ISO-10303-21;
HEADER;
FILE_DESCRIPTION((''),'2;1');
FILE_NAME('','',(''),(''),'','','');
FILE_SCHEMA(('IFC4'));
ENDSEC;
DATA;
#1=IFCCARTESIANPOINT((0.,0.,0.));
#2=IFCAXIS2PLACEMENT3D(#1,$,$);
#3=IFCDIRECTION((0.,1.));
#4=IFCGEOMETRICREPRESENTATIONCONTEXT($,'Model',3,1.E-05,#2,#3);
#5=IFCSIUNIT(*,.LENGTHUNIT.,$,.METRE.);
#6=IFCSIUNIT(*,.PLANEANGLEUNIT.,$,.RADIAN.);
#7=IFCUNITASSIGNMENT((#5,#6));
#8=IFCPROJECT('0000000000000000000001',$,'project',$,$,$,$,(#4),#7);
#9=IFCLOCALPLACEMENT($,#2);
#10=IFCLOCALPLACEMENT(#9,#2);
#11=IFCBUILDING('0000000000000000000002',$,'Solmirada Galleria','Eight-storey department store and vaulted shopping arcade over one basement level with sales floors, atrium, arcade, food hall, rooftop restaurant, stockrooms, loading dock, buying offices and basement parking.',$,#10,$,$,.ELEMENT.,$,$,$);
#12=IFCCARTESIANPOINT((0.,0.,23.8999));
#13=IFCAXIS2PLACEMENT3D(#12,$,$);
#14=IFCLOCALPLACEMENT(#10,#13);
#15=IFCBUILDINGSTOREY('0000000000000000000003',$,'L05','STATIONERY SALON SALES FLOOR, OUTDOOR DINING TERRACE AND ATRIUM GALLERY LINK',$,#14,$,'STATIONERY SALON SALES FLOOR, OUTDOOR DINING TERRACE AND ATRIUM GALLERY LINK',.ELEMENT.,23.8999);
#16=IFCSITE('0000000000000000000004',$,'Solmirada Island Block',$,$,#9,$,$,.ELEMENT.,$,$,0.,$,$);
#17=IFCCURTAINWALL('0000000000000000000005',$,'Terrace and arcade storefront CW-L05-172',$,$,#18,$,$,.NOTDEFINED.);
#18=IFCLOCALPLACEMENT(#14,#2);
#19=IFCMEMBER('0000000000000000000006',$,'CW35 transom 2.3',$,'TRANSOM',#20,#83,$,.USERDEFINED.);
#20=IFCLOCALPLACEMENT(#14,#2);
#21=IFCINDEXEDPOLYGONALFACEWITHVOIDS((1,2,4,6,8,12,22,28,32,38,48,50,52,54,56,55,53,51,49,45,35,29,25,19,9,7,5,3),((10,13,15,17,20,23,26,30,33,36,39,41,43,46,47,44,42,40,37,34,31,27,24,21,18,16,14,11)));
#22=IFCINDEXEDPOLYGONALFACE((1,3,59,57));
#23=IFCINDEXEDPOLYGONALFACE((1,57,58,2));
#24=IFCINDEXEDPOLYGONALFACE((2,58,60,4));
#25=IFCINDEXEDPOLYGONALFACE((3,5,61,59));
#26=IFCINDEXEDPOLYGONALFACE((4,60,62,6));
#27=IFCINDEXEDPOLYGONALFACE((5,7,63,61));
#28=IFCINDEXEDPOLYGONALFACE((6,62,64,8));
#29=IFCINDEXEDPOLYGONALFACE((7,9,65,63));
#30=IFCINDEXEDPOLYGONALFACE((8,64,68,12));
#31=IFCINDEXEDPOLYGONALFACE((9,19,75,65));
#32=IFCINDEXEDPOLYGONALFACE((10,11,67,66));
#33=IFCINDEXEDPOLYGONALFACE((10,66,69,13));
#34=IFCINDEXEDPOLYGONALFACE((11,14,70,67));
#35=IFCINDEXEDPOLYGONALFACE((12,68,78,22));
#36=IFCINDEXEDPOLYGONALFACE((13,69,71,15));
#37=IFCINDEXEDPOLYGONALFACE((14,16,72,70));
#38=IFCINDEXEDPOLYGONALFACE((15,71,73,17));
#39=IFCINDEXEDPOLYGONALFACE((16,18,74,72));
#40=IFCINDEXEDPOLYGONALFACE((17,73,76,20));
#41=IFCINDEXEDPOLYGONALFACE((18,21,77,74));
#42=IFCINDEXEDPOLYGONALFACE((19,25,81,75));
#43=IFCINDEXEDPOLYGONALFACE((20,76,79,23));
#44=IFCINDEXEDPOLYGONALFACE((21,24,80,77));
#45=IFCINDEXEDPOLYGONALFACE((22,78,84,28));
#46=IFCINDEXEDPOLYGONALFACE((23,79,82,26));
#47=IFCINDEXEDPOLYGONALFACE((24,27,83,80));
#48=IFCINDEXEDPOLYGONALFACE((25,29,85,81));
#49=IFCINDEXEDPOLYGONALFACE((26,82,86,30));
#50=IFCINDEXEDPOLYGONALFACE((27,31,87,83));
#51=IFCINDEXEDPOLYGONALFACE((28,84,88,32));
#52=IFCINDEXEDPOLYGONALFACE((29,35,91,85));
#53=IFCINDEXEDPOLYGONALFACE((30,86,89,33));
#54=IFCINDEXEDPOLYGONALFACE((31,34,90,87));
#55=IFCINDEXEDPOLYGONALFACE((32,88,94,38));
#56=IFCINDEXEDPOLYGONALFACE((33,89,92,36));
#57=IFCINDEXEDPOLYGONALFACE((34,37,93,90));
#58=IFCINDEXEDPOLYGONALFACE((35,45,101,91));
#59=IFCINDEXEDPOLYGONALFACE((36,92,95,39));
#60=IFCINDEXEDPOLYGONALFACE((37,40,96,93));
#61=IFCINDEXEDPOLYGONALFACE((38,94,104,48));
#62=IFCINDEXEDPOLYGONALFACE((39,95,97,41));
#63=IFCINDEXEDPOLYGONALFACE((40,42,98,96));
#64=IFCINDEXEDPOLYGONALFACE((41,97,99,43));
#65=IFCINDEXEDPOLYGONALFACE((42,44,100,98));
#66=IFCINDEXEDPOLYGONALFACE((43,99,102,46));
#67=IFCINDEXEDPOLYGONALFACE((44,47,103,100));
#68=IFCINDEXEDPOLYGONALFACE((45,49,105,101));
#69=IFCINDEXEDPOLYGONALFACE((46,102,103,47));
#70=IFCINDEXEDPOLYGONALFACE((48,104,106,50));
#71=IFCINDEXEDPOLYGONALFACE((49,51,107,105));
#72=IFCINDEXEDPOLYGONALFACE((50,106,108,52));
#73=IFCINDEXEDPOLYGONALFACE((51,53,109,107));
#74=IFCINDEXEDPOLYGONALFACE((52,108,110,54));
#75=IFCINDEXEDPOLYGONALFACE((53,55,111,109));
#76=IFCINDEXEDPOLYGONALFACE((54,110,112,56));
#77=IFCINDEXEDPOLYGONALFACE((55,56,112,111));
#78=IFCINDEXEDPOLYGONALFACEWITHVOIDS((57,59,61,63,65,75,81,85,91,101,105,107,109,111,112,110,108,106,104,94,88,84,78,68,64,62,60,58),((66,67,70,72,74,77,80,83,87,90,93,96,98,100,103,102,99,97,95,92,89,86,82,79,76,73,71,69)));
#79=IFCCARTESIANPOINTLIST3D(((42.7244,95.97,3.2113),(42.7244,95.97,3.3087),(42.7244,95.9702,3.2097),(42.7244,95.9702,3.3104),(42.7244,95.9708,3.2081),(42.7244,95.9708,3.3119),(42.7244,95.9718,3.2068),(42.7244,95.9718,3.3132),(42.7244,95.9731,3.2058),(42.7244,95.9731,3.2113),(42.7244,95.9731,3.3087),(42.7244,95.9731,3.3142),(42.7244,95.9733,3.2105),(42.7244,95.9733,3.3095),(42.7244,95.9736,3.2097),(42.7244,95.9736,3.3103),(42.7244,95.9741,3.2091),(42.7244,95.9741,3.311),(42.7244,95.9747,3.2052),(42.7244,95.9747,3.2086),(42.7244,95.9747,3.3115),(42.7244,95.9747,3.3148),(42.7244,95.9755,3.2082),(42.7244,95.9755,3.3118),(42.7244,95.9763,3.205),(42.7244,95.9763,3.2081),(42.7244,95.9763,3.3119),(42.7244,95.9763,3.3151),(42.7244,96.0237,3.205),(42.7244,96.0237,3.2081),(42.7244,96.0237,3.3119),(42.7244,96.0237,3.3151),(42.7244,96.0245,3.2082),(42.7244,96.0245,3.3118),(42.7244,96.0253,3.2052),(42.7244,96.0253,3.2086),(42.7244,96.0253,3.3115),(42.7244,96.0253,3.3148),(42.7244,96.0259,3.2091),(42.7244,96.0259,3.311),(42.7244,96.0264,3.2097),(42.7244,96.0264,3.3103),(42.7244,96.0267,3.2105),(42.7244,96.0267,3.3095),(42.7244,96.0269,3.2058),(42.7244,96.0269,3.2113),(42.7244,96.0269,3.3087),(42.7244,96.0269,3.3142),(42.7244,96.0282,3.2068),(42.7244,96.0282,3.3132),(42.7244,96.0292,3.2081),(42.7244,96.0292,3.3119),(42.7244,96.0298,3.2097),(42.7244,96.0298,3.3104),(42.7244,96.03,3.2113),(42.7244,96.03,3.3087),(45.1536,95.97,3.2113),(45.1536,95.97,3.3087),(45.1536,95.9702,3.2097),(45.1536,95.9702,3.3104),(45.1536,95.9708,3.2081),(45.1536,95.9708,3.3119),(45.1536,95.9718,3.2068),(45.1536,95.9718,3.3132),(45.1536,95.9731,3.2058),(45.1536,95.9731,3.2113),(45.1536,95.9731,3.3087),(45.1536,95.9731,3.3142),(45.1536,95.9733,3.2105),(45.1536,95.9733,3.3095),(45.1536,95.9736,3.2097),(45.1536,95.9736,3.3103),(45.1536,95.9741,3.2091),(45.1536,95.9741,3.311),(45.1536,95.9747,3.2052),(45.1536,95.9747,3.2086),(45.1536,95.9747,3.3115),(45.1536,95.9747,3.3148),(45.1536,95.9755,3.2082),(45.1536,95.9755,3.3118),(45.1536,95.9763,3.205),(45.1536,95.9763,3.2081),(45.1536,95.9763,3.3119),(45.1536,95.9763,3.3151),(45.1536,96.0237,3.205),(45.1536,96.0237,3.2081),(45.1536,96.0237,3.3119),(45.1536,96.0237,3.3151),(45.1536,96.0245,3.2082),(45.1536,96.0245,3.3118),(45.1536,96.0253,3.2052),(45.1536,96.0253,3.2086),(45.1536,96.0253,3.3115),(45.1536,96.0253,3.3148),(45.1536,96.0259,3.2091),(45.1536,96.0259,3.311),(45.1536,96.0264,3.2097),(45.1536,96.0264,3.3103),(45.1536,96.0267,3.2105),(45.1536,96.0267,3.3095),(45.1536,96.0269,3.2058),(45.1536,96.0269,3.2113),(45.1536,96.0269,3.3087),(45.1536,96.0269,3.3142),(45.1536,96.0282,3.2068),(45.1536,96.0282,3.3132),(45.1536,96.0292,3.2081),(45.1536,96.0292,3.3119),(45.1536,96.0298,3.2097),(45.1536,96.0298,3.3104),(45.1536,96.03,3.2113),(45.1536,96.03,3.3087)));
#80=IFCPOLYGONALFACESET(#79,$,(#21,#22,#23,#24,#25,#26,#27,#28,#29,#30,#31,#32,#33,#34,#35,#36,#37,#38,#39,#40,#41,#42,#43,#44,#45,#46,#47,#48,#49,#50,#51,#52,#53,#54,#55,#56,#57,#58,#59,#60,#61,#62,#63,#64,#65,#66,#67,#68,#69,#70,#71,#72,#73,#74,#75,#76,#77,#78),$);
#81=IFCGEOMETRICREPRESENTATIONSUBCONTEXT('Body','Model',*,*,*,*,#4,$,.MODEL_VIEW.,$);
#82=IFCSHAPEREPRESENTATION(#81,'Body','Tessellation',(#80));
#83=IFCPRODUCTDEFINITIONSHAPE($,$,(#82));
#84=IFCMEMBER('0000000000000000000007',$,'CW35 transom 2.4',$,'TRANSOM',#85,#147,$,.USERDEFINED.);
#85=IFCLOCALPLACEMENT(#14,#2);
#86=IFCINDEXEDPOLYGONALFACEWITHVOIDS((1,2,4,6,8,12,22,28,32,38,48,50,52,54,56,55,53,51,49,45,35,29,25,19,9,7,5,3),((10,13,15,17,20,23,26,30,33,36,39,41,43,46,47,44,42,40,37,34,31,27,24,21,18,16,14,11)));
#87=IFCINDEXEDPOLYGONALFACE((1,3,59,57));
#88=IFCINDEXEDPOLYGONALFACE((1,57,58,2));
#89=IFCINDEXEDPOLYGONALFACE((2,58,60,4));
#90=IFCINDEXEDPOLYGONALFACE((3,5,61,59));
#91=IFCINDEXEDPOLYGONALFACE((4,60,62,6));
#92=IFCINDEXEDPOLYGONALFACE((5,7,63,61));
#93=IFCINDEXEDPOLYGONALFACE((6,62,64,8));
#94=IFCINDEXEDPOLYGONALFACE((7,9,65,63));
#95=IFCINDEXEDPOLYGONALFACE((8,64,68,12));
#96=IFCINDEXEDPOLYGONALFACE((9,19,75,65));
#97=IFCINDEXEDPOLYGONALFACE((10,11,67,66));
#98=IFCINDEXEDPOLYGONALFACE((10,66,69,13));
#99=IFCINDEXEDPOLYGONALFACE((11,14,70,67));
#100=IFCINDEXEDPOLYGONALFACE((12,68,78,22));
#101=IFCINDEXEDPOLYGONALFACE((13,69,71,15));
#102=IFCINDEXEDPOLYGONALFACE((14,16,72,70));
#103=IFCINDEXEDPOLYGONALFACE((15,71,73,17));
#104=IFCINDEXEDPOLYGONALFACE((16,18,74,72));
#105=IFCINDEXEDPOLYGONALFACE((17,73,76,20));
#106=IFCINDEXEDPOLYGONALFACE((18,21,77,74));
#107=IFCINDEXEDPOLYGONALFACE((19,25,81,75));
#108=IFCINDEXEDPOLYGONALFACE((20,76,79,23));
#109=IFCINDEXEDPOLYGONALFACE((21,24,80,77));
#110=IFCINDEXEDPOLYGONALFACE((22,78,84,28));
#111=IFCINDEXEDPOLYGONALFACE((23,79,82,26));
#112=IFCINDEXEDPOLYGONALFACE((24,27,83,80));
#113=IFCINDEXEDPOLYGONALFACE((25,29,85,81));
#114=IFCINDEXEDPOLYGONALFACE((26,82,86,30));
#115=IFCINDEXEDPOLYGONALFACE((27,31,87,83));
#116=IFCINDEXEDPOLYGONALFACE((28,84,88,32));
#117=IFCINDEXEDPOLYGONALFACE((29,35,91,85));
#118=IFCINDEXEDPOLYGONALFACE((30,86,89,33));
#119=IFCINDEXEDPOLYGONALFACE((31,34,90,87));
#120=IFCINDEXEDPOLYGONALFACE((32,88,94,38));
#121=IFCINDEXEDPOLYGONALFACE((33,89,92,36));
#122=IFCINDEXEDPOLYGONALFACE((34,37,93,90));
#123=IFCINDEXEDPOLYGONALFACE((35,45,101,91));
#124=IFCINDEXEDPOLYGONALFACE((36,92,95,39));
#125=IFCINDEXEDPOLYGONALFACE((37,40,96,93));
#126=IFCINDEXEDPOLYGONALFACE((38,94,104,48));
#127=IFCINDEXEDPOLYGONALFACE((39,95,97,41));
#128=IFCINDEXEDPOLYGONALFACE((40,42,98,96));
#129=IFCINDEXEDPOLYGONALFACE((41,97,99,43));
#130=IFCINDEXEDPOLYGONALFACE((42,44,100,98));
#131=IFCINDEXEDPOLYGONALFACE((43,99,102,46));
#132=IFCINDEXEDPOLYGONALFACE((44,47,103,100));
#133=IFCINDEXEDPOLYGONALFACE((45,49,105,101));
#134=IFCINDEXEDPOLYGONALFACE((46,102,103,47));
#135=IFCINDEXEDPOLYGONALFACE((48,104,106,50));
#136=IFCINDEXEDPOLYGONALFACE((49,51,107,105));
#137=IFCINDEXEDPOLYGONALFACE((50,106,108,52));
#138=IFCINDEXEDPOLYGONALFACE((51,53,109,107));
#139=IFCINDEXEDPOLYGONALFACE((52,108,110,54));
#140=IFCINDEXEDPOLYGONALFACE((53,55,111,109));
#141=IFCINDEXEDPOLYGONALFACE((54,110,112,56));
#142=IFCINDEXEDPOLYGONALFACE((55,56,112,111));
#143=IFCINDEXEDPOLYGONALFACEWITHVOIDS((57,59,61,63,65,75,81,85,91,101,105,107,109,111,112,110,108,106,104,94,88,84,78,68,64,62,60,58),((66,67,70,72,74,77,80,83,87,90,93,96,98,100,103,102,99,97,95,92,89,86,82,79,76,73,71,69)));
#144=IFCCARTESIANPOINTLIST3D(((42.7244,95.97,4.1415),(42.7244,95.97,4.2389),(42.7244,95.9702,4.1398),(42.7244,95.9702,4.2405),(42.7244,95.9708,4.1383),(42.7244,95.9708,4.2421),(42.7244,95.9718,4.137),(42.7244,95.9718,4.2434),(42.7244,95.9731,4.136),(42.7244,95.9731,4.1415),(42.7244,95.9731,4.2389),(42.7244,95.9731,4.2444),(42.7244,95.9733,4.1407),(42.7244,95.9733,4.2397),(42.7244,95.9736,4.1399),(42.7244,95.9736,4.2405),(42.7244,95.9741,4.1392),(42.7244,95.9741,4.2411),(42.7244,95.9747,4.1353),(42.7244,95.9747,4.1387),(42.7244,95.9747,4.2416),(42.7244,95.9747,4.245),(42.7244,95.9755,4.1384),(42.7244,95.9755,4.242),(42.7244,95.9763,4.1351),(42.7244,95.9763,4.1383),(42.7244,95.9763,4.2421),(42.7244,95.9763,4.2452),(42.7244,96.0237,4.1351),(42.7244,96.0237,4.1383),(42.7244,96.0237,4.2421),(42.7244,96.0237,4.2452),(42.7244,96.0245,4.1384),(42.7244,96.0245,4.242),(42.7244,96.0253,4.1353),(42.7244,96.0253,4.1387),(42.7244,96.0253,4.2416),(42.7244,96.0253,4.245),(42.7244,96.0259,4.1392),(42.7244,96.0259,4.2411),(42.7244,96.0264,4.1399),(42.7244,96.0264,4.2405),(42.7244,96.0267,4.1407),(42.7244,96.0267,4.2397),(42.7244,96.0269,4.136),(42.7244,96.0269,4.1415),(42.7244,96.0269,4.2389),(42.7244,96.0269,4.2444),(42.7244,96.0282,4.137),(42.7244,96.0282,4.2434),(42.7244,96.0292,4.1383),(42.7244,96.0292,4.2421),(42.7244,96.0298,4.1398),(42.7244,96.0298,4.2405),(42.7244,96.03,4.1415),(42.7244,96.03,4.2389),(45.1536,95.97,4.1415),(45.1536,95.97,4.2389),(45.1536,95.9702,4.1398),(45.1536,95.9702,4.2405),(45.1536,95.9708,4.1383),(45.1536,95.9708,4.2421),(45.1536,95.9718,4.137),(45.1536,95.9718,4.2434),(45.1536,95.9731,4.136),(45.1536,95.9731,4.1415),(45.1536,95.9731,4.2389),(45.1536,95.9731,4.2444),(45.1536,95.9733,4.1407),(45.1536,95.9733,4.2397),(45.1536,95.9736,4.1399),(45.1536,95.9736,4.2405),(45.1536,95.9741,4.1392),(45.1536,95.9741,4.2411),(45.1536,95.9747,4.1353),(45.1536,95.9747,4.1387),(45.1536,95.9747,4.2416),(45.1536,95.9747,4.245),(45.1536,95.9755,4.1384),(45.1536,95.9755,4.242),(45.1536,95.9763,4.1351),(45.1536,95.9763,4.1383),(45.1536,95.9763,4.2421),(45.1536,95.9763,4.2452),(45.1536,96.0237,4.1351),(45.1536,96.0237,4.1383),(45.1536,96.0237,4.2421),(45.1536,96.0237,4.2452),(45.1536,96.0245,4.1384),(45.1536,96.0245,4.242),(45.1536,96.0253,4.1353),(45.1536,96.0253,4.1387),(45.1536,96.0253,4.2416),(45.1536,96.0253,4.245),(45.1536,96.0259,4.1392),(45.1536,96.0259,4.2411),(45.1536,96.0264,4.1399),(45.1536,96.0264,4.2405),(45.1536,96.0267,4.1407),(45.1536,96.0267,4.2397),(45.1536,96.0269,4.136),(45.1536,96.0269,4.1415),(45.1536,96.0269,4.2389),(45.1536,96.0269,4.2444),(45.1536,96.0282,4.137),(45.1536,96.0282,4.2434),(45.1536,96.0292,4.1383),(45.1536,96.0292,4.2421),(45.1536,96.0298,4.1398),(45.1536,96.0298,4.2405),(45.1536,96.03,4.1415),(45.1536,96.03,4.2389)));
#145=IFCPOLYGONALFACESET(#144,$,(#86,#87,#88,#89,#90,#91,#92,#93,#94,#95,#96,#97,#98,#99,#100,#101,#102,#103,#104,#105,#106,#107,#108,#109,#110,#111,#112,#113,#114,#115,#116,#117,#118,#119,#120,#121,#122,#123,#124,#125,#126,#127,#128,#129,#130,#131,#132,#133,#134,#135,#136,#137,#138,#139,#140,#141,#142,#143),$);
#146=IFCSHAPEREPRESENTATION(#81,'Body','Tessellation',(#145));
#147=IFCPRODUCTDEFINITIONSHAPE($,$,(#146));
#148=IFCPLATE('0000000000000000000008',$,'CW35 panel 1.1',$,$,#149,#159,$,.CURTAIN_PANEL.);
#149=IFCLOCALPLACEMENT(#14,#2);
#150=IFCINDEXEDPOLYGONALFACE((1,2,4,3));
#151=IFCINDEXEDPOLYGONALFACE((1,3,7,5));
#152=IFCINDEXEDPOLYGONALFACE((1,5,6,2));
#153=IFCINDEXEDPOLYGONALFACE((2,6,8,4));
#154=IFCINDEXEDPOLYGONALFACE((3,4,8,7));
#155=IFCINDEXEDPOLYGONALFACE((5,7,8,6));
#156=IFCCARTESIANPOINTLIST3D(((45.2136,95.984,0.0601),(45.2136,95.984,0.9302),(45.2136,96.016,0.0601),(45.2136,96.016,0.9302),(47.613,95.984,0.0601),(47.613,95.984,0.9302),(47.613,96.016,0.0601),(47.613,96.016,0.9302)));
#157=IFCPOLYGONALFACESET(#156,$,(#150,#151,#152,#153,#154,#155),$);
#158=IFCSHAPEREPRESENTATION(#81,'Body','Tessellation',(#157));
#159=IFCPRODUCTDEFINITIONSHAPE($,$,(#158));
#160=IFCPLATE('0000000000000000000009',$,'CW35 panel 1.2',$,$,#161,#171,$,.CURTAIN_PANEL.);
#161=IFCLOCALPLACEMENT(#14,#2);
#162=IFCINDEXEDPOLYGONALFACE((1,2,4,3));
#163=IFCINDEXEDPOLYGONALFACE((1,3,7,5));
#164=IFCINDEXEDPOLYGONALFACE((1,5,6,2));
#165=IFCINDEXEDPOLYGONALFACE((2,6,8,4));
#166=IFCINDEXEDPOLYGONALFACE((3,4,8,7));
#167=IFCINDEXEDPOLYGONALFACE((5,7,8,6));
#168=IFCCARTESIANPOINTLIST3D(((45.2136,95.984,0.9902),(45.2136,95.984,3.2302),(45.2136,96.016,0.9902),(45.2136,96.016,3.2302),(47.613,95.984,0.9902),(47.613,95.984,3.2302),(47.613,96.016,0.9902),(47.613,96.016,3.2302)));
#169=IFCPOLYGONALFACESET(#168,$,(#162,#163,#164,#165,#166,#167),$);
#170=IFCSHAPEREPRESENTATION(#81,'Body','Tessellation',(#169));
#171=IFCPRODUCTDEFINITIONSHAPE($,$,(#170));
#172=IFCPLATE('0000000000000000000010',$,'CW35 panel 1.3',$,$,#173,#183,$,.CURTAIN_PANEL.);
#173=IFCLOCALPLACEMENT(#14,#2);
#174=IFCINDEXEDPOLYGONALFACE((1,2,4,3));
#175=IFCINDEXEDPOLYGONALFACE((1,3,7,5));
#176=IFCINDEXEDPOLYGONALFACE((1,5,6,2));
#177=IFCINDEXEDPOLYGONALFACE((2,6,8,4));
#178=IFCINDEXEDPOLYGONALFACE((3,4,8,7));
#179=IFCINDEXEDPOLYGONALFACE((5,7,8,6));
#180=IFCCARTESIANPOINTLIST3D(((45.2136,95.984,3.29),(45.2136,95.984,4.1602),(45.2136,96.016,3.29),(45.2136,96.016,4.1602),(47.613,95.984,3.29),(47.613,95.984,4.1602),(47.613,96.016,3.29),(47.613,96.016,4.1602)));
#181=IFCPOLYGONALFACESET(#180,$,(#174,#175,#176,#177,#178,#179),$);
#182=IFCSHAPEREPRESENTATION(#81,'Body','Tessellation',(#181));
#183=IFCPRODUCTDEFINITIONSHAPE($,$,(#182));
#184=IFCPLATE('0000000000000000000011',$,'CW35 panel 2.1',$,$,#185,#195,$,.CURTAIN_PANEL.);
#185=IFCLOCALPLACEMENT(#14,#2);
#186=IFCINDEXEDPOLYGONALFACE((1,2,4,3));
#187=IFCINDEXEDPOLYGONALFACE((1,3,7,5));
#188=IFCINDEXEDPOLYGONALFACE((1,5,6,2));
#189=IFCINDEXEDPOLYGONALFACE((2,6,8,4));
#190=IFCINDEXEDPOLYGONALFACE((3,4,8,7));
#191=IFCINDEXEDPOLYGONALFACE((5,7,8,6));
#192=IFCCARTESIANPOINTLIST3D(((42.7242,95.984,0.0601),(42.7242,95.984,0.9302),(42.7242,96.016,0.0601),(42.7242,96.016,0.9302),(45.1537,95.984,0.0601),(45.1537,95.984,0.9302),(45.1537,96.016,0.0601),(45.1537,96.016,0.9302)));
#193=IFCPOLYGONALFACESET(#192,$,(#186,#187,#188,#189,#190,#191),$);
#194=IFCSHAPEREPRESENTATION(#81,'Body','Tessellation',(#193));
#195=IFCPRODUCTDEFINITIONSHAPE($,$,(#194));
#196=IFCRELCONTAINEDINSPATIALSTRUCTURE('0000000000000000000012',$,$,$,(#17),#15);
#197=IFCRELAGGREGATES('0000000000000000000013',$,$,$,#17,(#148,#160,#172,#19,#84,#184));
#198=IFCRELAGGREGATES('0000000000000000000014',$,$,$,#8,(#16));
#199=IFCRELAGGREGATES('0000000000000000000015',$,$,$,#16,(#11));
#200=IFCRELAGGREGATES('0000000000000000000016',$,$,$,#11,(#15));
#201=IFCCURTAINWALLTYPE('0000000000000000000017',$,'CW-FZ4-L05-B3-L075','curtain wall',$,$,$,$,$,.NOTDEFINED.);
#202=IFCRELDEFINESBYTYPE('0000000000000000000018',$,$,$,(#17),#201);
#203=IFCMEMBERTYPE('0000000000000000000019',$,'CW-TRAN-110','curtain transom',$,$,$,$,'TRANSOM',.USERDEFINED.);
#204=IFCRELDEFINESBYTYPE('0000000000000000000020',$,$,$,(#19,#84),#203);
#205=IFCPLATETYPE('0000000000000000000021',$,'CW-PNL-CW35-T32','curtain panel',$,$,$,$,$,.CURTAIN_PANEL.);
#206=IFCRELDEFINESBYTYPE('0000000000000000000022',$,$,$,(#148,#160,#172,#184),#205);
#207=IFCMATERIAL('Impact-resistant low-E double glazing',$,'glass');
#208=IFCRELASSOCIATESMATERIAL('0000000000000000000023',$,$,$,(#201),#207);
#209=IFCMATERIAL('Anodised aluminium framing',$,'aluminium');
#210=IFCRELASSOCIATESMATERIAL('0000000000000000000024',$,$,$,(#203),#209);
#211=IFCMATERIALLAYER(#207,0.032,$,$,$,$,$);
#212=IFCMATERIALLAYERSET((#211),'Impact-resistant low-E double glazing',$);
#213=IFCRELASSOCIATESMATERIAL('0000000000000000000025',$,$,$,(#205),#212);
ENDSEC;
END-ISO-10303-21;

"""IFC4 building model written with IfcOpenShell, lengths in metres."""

from ifc_helpers import new_model, si_unit, direction, frame, origin, origin_2d, place, context, subcontext, project, spatial, rectangle, hollow_rectangle, extrude, material, layer, layer_set, material_profile, profile_set, type_object, element, aggregate, save


model = new_model("IFC4")

# Units and contexts
model_context = context("Model", 3, precision=1e-05, world=origin(), true_north=direction((0.0, 1.0)))
body_context = subcontext(model_context, "Body", "Model", "MODEL_VIEW")
ifc_project = project(units=[si_unit("LENGTHUNIT", "METRE"), si_unit("PLANEANGLEUNIT", "RADIAN")], contexts=[model_context])

# Site, building, storey
site_placement = place(None, origin())
site = spatial("IfcSite", under=ifc_project, at=site_placement, Name="Solmirada Island Block", CompositionType="ELEMENT", RefElevation=0.0)
building_placement = place(site_placement, origin())
building = spatial("IfcBuilding", under=site, at=building_placement, Name="Solmirada Galleria", Description="Eight-storey department store and vaulted shopping arcade over one basement level with sales floors, atrium, arcade, food hall, rooftop restaurant, stockrooms, loading dock, buying offices and basement parking.", CompositionType="ELEMENT")
storey_placement = place(building_placement, frame((0.0, 0.0, 23.8999)))
storey = spatial("IfcBuildingStorey", under=building, at=storey_placement, Name="L05", Description="STATIONERY SALON SALES FLOOR, OUTDOOR DINING TERRACE AND ATRIUM GALLERY LINK", LongName="STATIONERY SALON SALES FLOOR, OUTDOOR DINING TERRACE AND ATRIUM GALLERY LINK", CompositionType="ELEMENT", Elevation=23.8999)

# Shared definitions
ifc_material_1 = material(Name="Impact-resistant low-E double glazing", Category="glass")
ifc_material_2 = material(Name="Anodised aluminium framing", Category="aluminium")

# Curtain wall, members, plates
curtain_wall_type_1 = type_object("IfcCurtainWallType", Name="CW-FZ4-L05-B3-L075", Description="curtain wall", PredefinedType="NOTDEFINED", material=ifc_material_1)
curtain_wall_1_placement = place(storey_placement, origin())
curtain_wall_1 = element("IfcCurtainWall", 1, at=curtain_wall_1_placement, inside=storey, type_object=curtain_wall_type_1, Name="Terrace and arcade storefront CW-L05-172", PredefinedType="NOTDEFINED")
ifc_material_profile_1 = material_profile(ifc_material_2, hollow_rectangle(XDim=0.0601, YDim=0.1101, WallThickness=0.0032, InnerFilletRadius=0.0032, OuterFilletRadius=0.0063, at=origin_2d()), Name="ALU-TRAN-110X60")
ifc_profile_set_1 = profile_set([ifc_material_profile_1], Name="Anodised aluminium framing")
member_type_1 = type_object("IfcMemberType", Name="CW-TRAN-110", Description="curtain transom", ElementType="TRANSOM", PredefinedType="USERDEFINED", material=ifc_profile_set_1)
member_1_placement = place(storey_placement, frame((45.1536, 96.0, 3.26), z_axis=(-1.0, 0.0, 0.0), x_axis=(0.0, -1.0, 0.0)))
member_1 = element("IfcMember", 2, at=member_1_placement, type_object=member_type_1, Name="CW35 transom 2.3", ObjectType="TRANSOM", PredefinedType="USERDEFINED", context=body_context, shape_type="SweptSolid", body=[
    extrude(hollow_rectangle(XDim=0.0601, YDim=0.1101, WallThickness=0.0032, InnerFilletRadius=0.0032, OuterFilletRadius=0.0063, at=origin_2d()), origin(), (0.0, 0.0, 1.0), 2.4292),
])
member_2_placement = place(storey_placement, frame((45.1536, 96.0, 4.1902), z_axis=(-1.0, 0.0, 0.0), x_axis=(0.0, -1.0, 0.0)))
member_2 = element("IfcMember", 3, at=member_2_placement, type_object=member_type_1, Name="CW35 transom 2.4", ObjectType="TRANSOM", PredefinedType="USERDEFINED", context=body_context, shape_type="SweptSolid", body=[
    extrude(hollow_rectangle(XDim=0.0601, YDim=0.1101, WallThickness=0.0032, InnerFilletRadius=0.0032, OuterFilletRadius=0.0063, at=origin_2d()), origin(), (0.0, 0.0, 1.0), 2.4292),
])
ifc_layer_1 = layer(ifc_material_1, 0.032)
ifc_layer_set_1 = layer_set([ifc_layer_1], Name="Impact-resistant low-E double glazing")
plate_type = type_object("IfcPlateType", Name="CW-PNL-CW35-T32", Description="curtain panel", PredefinedType="CURTAIN_PANEL", material=ifc_layer_set_1)
plate_1_placement = place(storey_placement, frame((46.4133, 96.0, 0.0601), z_axis=(0.0, 0.0, 1.0), x_axis=(-1.0, 0.0, 0.0)))
plate_1 = element("IfcPlate", 4, at=plate_1_placement, type_object=plate_type, Name="CW35 panel 1.1", PredefinedType="CURTAIN_PANEL", context=body_context, shape_type="SweptSolid", body=[
    extrude(rectangle(XDim=2.3994, YDim=0.032, at=origin_2d()), origin(), (0.0, 0.0, 1.0), 0.8701),
])
plate_2_placement = place(storey_placement, frame((46.4133, 96.0, 0.9902), z_axis=(0.0, 0.0, 1.0), x_axis=(-1.0, 0.0, 0.0)))
plate_2 = element("IfcPlate", 5, at=plate_2_placement, type_object=plate_type, Name="CW35 panel 1.2", PredefinedType="CURTAIN_PANEL", context=body_context, shape_type="SweptSolid", body=[
    extrude(rectangle(XDim=2.3994, YDim=0.032, at=origin_2d()), origin(), (0.0, 0.0, 1.0), 2.24),
])
plate_3_placement = place(storey_placement, frame((46.4133, 96.0, 3.29), z_axis=(0.0, 0.0, 1.0), x_axis=(-1.0, 0.0, 0.0)))
plate_3 = element("IfcPlate", 6, at=plate_3_placement, type_object=plate_type, Name="CW35 panel 1.3", PredefinedType="CURTAIN_PANEL", context=body_context, shape_type="SweptSolid", body=[
    extrude(rectangle(XDim=2.3994, YDim=0.032, at=origin_2d()), origin(), (0.0, 0.0, 1.0), 0.8701),
])
plate_4_placement = place(storey_placement, frame((43.939, 96.0, 0.0601), z_axis=(0.0, 0.0, 1.0), x_axis=(-1.0, 0.0, 0.0)))
plate_4 = element("IfcPlate", 7, at=plate_4_placement, type_object=plate_type, Name="CW35 panel 2.1", PredefinedType="CURTAIN_PANEL", context=body_context, shape_type="SweptSolid", body=[
    extrude(rectangle(XDim=2.4294, YDim=0.032, at=origin_2d()), origin(), (0.0, 0.0, 1.0), 0.8701),
])
aggregate(curtain_wall_1, [plate_1, plate_2, plate_3, member_1, member_2, plate_4])

save(model, "model.ifc")
